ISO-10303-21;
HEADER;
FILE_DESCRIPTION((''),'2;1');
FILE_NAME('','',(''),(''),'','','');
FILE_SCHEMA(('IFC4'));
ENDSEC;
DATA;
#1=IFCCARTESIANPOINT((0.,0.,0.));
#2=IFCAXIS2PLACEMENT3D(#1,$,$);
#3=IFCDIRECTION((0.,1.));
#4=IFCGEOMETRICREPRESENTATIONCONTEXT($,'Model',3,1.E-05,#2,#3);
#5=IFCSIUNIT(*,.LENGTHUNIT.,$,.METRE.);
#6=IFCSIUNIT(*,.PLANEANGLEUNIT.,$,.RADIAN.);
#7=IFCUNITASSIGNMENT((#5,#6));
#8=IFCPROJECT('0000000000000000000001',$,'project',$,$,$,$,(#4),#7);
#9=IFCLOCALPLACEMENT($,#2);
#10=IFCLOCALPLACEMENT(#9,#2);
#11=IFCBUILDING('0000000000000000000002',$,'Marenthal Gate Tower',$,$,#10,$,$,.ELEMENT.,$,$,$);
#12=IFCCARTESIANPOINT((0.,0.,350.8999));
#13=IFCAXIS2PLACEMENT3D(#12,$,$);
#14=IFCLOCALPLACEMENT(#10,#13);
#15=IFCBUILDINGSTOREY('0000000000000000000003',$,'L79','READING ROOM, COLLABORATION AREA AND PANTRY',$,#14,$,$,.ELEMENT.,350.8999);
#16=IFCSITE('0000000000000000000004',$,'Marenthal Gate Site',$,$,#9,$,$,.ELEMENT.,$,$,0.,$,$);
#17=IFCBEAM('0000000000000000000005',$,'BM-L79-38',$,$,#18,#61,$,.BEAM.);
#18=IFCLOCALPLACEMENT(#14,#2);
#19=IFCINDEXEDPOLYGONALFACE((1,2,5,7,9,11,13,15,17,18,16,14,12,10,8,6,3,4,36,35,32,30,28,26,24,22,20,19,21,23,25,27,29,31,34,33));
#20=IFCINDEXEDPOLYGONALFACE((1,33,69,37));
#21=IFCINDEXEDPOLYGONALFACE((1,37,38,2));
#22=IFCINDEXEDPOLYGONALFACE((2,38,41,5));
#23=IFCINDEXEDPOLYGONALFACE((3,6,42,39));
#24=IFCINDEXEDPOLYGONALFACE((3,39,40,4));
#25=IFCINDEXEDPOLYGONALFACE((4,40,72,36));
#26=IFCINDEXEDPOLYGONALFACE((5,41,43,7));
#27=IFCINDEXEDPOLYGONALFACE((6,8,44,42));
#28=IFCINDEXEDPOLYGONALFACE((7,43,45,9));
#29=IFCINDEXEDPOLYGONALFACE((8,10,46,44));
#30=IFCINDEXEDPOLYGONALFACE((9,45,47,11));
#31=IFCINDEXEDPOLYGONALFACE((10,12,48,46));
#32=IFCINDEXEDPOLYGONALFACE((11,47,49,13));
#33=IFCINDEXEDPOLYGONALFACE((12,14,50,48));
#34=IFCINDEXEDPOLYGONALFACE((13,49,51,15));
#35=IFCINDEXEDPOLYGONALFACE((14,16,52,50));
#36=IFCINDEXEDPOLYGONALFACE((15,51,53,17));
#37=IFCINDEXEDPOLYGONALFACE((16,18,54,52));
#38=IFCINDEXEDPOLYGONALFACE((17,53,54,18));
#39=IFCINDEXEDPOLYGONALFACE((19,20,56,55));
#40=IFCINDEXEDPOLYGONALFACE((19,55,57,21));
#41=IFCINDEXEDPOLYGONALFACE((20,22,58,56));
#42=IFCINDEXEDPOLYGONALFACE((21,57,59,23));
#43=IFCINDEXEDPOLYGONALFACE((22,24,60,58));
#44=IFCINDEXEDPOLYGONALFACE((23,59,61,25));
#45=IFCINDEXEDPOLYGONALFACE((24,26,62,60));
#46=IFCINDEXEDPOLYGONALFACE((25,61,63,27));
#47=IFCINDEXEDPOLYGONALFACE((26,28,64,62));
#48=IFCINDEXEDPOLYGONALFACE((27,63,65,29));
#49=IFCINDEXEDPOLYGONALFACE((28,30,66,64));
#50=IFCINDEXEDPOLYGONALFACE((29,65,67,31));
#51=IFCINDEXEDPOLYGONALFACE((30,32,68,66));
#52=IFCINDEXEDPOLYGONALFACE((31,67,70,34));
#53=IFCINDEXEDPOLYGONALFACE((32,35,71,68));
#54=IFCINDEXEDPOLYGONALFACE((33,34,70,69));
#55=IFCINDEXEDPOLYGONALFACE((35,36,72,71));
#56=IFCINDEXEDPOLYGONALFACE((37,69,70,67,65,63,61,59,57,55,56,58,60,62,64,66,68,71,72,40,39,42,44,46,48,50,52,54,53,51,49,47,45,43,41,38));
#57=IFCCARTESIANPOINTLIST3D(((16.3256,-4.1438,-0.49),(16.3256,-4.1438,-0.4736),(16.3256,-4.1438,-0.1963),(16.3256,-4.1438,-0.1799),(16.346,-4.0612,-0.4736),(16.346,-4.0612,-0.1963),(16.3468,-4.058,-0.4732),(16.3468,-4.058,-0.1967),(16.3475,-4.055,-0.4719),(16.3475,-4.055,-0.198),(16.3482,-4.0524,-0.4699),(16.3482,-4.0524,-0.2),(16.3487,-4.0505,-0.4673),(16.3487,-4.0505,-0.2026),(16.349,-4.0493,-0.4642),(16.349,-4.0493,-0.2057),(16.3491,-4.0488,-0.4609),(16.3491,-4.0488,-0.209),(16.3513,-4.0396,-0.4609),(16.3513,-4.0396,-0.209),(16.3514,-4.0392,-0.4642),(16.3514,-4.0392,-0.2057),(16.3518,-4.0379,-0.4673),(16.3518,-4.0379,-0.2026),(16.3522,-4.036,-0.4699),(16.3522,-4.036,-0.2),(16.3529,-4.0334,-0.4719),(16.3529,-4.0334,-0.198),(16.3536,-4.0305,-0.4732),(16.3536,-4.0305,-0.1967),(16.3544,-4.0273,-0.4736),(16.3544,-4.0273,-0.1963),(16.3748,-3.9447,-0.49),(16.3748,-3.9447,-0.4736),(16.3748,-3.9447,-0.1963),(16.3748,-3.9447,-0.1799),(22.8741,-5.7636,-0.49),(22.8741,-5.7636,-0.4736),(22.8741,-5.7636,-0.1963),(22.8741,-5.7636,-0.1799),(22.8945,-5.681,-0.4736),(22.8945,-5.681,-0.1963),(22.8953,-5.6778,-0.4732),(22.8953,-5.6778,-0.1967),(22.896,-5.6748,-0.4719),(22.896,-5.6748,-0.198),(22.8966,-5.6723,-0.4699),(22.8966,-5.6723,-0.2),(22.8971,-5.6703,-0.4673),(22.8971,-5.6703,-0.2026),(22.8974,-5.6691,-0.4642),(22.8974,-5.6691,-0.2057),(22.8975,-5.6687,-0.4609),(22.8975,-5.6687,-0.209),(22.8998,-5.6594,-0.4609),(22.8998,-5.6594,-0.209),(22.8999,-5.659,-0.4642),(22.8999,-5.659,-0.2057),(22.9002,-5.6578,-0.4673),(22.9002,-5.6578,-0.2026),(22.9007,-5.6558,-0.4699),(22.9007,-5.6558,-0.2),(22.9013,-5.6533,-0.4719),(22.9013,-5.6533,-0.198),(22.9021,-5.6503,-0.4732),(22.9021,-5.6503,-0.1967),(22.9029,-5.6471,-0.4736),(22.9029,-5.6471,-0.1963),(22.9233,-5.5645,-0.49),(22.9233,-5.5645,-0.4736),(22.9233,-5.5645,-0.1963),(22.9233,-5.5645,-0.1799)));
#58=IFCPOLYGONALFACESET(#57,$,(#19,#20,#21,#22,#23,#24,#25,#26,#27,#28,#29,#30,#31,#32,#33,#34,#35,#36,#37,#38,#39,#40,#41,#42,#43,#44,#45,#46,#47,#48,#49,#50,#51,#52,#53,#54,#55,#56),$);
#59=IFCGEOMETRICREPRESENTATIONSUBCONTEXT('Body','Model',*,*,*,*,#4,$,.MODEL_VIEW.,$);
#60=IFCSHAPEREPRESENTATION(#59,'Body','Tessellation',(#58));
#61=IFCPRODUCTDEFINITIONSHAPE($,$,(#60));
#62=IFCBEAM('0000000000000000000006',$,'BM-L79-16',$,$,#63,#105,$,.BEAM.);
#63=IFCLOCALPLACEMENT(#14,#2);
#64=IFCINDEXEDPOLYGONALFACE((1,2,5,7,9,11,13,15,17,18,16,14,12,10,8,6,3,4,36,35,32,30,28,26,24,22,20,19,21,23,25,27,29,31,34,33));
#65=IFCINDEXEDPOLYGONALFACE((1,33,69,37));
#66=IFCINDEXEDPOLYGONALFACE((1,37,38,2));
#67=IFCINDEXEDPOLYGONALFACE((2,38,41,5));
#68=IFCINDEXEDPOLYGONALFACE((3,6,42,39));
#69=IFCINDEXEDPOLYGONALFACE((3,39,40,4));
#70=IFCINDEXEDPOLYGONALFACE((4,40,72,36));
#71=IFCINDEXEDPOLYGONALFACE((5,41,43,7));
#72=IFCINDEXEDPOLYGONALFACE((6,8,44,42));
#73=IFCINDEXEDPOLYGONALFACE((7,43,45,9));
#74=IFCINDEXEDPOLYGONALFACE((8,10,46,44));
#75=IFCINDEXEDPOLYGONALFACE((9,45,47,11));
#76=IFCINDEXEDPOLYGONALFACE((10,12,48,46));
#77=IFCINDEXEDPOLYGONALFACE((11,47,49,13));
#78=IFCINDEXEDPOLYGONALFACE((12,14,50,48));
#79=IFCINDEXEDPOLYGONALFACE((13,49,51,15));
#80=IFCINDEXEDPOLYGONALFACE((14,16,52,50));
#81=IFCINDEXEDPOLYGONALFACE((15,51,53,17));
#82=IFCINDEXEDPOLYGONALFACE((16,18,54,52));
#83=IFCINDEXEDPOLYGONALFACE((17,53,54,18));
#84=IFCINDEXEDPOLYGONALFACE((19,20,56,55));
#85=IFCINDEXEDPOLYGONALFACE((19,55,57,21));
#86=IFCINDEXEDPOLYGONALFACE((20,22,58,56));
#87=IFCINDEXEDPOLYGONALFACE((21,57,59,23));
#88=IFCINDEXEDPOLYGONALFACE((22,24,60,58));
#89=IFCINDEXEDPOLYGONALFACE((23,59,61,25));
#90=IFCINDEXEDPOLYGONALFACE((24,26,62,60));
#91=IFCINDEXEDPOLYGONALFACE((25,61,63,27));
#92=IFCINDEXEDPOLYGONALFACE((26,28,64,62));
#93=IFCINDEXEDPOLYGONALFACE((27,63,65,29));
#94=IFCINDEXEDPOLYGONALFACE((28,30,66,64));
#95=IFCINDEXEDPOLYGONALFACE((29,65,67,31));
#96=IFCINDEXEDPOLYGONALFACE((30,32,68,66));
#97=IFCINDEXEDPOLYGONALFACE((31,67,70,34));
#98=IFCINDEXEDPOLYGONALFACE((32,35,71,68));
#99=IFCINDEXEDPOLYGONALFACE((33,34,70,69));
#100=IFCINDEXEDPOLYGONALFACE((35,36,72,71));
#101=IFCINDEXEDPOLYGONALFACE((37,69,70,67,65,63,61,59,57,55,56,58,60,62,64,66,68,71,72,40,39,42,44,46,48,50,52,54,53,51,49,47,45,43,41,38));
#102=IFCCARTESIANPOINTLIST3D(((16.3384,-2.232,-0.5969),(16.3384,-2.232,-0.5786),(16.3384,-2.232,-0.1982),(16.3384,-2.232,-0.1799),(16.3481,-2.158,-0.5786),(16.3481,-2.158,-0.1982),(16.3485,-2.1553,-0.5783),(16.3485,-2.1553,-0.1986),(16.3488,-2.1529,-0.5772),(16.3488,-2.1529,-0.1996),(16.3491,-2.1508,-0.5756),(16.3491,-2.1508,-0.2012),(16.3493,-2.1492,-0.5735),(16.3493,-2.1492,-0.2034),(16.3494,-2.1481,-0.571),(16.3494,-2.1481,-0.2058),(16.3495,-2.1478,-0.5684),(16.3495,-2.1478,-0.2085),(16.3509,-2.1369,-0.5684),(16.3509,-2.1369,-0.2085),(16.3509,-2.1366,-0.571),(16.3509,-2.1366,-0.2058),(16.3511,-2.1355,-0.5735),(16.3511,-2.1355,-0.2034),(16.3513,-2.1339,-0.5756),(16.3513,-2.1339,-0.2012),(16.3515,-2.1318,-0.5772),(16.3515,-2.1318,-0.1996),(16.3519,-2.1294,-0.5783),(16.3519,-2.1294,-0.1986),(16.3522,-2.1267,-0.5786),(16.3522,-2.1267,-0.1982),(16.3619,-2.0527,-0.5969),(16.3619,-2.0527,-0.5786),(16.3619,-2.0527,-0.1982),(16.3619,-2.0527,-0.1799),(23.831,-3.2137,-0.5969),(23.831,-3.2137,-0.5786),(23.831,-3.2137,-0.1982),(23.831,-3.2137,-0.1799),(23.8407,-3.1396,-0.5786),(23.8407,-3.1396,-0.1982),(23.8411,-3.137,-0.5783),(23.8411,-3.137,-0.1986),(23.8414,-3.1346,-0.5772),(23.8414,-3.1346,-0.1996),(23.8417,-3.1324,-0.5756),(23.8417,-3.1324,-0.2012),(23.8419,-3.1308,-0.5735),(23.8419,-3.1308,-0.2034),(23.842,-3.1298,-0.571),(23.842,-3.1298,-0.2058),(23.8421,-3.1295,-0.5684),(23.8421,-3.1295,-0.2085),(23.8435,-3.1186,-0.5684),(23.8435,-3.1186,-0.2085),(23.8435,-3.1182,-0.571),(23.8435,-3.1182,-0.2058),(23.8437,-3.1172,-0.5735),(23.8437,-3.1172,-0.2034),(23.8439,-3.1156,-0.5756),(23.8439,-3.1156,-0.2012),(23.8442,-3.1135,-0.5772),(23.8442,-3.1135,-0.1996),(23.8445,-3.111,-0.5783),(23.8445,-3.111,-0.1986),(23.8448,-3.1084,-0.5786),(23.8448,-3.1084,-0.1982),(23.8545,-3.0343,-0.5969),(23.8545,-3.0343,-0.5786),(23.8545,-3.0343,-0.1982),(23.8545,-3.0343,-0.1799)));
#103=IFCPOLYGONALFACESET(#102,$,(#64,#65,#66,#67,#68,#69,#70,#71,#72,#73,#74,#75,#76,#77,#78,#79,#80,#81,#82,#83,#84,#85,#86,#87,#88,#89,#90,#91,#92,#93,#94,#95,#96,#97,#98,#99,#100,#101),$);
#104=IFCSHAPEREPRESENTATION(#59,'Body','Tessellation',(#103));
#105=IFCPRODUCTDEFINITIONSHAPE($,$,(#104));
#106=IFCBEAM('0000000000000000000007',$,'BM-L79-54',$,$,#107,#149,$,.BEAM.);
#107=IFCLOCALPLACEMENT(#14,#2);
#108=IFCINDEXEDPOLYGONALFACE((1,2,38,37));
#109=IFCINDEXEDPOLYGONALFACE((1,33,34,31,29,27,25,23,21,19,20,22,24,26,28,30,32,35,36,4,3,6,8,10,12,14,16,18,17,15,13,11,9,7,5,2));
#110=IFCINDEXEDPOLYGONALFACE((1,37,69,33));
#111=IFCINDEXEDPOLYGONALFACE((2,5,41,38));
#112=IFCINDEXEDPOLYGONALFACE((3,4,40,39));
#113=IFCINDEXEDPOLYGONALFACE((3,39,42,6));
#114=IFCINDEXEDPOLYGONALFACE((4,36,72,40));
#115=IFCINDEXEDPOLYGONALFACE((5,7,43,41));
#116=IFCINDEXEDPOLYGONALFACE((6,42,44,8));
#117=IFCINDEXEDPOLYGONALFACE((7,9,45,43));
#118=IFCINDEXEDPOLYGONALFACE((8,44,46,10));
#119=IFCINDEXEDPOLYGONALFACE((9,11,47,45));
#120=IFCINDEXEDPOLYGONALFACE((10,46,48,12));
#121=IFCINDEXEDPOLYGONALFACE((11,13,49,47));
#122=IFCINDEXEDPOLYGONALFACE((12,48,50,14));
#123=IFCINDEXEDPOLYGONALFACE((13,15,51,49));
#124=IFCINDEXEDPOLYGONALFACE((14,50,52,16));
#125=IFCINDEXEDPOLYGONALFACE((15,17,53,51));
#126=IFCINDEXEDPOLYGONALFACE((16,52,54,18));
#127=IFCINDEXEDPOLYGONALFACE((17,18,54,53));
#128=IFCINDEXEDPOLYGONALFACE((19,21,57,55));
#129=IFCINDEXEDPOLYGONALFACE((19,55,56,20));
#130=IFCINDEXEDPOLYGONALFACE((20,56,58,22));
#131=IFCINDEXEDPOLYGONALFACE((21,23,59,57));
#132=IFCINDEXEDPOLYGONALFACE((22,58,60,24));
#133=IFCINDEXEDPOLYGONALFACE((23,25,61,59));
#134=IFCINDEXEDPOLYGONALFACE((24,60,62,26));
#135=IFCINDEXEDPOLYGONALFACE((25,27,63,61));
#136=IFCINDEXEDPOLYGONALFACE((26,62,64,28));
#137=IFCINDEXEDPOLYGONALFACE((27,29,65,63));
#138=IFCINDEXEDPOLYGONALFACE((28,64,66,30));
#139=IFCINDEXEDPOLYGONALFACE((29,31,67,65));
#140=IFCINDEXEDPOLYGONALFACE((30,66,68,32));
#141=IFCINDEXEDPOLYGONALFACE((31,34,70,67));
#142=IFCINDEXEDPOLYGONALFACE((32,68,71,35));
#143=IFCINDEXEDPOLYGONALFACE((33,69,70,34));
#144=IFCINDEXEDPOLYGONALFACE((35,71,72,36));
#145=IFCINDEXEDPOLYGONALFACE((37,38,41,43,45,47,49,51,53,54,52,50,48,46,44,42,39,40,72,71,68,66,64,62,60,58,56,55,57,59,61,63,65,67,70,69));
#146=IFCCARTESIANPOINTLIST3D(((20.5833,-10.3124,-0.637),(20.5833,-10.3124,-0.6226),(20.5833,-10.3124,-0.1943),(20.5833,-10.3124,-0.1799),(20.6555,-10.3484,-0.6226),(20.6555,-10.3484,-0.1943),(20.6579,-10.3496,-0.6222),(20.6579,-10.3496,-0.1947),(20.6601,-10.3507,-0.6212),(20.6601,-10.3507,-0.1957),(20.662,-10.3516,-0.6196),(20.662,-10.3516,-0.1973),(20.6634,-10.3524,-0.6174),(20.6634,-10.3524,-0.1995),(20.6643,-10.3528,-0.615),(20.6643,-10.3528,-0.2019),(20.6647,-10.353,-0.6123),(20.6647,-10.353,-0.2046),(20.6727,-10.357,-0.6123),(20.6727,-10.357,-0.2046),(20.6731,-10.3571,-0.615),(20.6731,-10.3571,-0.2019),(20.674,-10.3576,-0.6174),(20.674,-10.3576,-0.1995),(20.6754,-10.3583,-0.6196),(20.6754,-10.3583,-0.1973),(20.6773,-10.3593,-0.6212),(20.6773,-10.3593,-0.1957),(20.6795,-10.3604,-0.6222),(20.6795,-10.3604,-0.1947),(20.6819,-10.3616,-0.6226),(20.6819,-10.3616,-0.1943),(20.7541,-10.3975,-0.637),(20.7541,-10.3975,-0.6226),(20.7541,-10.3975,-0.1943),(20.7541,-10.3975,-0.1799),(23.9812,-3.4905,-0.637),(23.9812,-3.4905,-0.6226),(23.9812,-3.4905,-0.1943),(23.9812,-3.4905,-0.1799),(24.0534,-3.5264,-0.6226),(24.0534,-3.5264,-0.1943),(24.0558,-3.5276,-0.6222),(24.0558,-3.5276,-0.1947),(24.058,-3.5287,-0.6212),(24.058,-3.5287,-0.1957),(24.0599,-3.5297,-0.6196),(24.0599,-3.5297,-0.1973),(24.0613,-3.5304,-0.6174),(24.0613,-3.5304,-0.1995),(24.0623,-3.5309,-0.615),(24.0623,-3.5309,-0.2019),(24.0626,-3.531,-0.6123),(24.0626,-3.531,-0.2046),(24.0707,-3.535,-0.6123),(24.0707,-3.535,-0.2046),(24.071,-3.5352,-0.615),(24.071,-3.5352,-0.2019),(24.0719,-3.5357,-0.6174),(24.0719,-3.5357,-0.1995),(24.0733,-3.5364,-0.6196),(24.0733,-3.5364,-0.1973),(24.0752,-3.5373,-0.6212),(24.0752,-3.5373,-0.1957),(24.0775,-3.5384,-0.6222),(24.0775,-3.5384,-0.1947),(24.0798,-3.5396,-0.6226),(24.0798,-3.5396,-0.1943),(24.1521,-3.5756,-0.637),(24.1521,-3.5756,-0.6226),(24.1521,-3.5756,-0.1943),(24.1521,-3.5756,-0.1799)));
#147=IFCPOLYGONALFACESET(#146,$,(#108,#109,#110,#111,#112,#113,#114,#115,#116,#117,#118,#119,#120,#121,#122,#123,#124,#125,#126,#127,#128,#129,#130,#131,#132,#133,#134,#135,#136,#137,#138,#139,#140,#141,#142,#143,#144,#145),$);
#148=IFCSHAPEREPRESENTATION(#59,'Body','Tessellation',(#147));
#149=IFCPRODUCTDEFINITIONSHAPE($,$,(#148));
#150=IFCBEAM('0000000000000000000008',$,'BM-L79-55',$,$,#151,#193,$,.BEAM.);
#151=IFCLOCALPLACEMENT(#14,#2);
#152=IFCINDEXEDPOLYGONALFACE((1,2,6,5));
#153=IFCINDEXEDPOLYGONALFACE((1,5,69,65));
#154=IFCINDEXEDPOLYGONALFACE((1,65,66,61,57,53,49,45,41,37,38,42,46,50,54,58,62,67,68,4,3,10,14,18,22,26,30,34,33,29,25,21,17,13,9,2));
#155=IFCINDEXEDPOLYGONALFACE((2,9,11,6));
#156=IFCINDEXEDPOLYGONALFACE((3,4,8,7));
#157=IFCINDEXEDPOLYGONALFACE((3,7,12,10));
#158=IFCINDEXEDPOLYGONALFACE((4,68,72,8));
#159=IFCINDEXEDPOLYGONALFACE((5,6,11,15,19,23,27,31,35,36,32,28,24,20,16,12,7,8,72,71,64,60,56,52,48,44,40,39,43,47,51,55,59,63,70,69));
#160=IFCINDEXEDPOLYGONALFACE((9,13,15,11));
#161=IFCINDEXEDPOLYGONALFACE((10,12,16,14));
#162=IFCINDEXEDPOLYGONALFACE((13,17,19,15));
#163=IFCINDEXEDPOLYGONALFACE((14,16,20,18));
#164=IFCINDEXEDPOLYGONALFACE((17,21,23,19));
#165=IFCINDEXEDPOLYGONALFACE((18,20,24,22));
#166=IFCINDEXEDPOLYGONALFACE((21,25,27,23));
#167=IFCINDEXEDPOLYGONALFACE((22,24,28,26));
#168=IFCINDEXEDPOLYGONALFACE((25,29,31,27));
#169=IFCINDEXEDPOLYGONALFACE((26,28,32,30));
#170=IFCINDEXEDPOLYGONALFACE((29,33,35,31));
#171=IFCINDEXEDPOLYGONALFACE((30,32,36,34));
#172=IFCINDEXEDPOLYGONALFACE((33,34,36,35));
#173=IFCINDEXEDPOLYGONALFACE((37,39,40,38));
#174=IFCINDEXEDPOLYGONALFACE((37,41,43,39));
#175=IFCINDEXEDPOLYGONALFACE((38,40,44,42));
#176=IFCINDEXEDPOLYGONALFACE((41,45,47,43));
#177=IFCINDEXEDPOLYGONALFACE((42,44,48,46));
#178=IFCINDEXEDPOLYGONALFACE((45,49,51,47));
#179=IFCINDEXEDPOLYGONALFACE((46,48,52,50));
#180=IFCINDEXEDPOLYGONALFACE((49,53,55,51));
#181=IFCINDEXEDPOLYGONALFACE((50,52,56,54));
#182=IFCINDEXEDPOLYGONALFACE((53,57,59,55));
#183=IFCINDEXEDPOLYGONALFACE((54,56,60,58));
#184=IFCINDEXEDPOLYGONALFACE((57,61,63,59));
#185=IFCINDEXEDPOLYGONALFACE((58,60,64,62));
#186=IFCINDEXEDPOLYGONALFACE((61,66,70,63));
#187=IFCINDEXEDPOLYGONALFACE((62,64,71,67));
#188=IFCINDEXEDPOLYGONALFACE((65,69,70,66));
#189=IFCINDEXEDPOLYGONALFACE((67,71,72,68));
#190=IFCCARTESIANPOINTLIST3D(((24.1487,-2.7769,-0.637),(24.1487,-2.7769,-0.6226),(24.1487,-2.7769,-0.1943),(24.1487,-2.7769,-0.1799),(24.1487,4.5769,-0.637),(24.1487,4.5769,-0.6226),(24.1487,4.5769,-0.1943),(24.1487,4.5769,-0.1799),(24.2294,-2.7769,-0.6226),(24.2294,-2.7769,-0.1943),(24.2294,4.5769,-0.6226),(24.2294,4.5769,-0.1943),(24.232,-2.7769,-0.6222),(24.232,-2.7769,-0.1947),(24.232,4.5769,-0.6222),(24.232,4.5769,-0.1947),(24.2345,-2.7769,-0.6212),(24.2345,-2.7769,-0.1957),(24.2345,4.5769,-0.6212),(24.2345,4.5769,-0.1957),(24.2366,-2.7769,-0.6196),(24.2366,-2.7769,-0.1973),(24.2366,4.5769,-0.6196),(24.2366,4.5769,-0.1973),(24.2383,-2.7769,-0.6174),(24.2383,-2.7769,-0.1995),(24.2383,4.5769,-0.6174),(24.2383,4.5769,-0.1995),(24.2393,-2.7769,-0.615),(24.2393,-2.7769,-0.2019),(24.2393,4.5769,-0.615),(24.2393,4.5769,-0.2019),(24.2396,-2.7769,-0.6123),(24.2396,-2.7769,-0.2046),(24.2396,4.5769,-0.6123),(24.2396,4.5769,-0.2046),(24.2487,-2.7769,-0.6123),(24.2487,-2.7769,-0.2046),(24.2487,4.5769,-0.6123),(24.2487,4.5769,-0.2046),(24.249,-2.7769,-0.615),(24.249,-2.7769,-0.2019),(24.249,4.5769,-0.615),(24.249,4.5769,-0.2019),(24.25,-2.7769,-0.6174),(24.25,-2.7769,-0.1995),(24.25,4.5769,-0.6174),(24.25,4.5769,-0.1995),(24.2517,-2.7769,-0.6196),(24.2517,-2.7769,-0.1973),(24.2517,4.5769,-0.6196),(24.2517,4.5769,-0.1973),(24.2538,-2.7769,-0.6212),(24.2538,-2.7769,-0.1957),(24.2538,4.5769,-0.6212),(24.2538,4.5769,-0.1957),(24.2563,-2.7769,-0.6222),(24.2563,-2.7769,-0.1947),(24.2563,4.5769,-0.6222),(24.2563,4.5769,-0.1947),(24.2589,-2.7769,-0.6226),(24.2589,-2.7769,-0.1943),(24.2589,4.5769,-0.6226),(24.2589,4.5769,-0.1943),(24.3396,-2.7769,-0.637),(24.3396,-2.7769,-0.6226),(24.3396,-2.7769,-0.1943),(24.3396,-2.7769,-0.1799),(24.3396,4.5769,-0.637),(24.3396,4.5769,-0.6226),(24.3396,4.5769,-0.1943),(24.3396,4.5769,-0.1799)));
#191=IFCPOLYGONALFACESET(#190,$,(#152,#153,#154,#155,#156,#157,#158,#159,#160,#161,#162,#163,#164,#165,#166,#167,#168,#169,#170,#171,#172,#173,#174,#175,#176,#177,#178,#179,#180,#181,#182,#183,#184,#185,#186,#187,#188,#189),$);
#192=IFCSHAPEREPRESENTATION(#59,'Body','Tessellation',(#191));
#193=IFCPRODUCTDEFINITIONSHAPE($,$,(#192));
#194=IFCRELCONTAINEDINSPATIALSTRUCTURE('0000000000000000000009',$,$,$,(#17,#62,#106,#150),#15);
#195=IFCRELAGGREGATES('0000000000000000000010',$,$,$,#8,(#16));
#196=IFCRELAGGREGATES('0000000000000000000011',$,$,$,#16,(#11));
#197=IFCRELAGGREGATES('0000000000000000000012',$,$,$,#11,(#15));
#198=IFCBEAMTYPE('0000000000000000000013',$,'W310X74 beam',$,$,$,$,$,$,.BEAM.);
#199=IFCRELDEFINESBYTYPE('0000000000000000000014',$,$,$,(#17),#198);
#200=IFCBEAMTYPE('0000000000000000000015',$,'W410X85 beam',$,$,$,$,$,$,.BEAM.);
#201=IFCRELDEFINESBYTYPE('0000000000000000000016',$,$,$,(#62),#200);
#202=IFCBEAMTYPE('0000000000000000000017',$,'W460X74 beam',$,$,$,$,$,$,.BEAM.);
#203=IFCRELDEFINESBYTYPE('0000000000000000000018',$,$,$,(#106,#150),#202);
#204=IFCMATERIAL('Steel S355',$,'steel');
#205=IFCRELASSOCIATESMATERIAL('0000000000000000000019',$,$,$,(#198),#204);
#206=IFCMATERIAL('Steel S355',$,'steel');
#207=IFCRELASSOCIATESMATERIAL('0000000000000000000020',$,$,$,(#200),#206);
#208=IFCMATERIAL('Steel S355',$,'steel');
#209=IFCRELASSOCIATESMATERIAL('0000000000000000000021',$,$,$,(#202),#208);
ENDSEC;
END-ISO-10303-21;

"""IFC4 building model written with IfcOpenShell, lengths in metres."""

from ifc_helpers import new_model, si_unit, direction, frame, origin, origin_2d, place, context, subcontext, project, spatial, i_section, extrude, material, material_profile, profile_set, type_object, element, save


model = new_model("IFC4")

# Units and contexts
model_context = context("Model", 3, precision=1e-05, world=origin(), true_north=direction((0.0, 1.0)))
body_context = subcontext(model_context, "Body", "Model", "MODEL_VIEW")
ifc_project = project(units=[si_unit("LENGTHUNIT", "METRE"), si_unit("PLANEANGLEUNIT", "RADIAN")], contexts=[model_context])

# Site, building, storey
site_placement = place(None, origin())
site = spatial("IfcSite", under=ifc_project, at=site_placement, Name="Marenthal Gate Site", CompositionType="ELEMENT", RefElevation=0.0)
building_placement = place(site_placement, origin())
building = spatial("IfcBuilding", under=site, at=building_placement, Name="Marenthal Gate Tower", CompositionType="ELEMENT")
storey_placement = place(building_placement, frame((0.0, 0.0, 350.8999)))
storey = spatial("IfcBuildingStorey", under=building, at=storey_placement, Name="L79", Description="READING ROOM, COLLABORATION AREA AND PANTRY", CompositionType="ELEMENT", Elevation=350.8999)

# Beams
ifc_material_1 = material(Name="Steel S355", Category="steel")
ifc_material_profile_1 = material_profile(ifc_material_1, i_section(OverallWidth=0.2051, OverallDepth=0.3101, WebThickness=0.0095, FlangeThickness=0.0164, FilletRadius=0.0127, at=origin_2d()), Name="W310X74")
ifc_profile_set_1 = profile_set([ifc_material_profile_1], Name="Steel S355")
beam_type_1 = type_object("IfcBeamType", Name="W310X74 beam", PredefinedType="BEAM", material=ifc_profile_set_1)
beam_1_placement = place(storey_placement, frame((22.8987, -5.6641, -0.335), z_axis=(-0.970742, 0.240125, 0.0), x_axis=(-0.240125, -0.970742, 0.0)))
element("IfcBeam", 1, at=beam_1_placement, inside=storey, type_object=beam_type_1, Name="BM-L79-38", PredefinedType="BEAM", context=body_context, shape_type="SweptSolid", body=[
    extrude(i_section(OverallWidth=0.2051, OverallDepth=0.3101, WebThickness=0.0095, FlangeThickness=0.0164, FilletRadius=0.0127, at=origin_2d()), origin(), (0.0, 0.0, 1.0), 6.7458),
])
ifc_material_2 = material(Name="Steel S355", Category="steel")
ifc_material_profile_2 = material_profile(ifc_material_2, i_section(OverallWidth=0.1809, OverallDepth=0.417, WebThickness=0.011, FlangeThickness=0.0183, FilletRadius=0.0103, at=origin_2d()), Name="W410X85")
ifc_profile_set_2 = profile_set([ifc_material_profile_2], Name="Steel S355")
beam_type_2 = type_object("IfcBeamType", Name="W410X85 beam", PredefinedType="BEAM", material=ifc_profile_set_2)
beam_2_placement = place(storey_placement, frame((23.8428, -3.124, -0.3884), z_axis=(-0.991526, 0.12991, 0.0), x_axis=(-0.12991, -0.991526, 0.0)))
element("IfcBeam", 2, at=beam_2_placement, inside=storey, type_object=beam_type_2, Name="BM-L79-16", PredefinedType="BEAM", context=body_context, shape_type="SweptSolid", body=[
    extrude(i_section(OverallWidth=0.1809, OverallDepth=0.417, WebThickness=0.011, FlangeThickness=0.0183, FilletRadius=0.0103, at=origin_2d()), origin(), (0.0, 0.0, 1.0), 7.5566),
])
ifc_material_3 = material(Name="Steel S355", Category="steel")
ifc_material_profile_3 = material_profile(ifc_material_3, i_section(OverallWidth=0.1909, OverallDepth=0.457, WebThickness=0.009, FlangeThickness=0.0144, FilletRadius=0.0103, at=origin_2d()), Name="W460X74")
ifc_profile_set_3 = profile_set([ifc_material_profile_3], Name="Steel S355")
beam_type_3 = type_object("IfcBeamType", Name="W460X74 beam", PredefinedType="BEAM", material=ifc_profile_set_3)
beam_3_placement = place(storey_placement, frame((20.6687, -10.355, -0.4084), z_axis=(0.445842, 0.895112, 0.0), x_axis=(-0.895112, 0.445842, 0.0)))
element("IfcBeam", 3, at=beam_3_placement, inside=storey, type_object=beam_type_3, Name="BM-L79-54", PredefinedType="BEAM", context=body_context, shape_type="SweptSolid", body=[
    extrude(i_section(OverallWidth=0.1909, OverallDepth=0.457, WebThickness=0.009, FlangeThickness=0.0144, FilletRadius=0.0103, at=origin_2d()), origin(), (0.0, 0.0, 1.0), 7.6213),
])
beam_4_placement = place(storey_placement, frame((24.2441, -2.7769, -0.4084), z_axis=(0.0, 1.0, 0.0), x_axis=(-1.0, 0.0, 0.0)))
element("IfcBeam", 4, at=beam_4_placement, inside=storey, type_object=beam_type_3, Name="BM-L79-55", PredefinedType="BEAM", context=body_context, shape_type="SweptSolid", body=[
    extrude(i_section(OverallWidth=0.1909, OverallDepth=0.457, WebThickness=0.009, FlangeThickness=0.0144, FilletRadius=0.0103, at=origin_2d()), origin(), (0.0, 0.0, 1.0), 7.3538),
])

save(model, "model.ifc")
